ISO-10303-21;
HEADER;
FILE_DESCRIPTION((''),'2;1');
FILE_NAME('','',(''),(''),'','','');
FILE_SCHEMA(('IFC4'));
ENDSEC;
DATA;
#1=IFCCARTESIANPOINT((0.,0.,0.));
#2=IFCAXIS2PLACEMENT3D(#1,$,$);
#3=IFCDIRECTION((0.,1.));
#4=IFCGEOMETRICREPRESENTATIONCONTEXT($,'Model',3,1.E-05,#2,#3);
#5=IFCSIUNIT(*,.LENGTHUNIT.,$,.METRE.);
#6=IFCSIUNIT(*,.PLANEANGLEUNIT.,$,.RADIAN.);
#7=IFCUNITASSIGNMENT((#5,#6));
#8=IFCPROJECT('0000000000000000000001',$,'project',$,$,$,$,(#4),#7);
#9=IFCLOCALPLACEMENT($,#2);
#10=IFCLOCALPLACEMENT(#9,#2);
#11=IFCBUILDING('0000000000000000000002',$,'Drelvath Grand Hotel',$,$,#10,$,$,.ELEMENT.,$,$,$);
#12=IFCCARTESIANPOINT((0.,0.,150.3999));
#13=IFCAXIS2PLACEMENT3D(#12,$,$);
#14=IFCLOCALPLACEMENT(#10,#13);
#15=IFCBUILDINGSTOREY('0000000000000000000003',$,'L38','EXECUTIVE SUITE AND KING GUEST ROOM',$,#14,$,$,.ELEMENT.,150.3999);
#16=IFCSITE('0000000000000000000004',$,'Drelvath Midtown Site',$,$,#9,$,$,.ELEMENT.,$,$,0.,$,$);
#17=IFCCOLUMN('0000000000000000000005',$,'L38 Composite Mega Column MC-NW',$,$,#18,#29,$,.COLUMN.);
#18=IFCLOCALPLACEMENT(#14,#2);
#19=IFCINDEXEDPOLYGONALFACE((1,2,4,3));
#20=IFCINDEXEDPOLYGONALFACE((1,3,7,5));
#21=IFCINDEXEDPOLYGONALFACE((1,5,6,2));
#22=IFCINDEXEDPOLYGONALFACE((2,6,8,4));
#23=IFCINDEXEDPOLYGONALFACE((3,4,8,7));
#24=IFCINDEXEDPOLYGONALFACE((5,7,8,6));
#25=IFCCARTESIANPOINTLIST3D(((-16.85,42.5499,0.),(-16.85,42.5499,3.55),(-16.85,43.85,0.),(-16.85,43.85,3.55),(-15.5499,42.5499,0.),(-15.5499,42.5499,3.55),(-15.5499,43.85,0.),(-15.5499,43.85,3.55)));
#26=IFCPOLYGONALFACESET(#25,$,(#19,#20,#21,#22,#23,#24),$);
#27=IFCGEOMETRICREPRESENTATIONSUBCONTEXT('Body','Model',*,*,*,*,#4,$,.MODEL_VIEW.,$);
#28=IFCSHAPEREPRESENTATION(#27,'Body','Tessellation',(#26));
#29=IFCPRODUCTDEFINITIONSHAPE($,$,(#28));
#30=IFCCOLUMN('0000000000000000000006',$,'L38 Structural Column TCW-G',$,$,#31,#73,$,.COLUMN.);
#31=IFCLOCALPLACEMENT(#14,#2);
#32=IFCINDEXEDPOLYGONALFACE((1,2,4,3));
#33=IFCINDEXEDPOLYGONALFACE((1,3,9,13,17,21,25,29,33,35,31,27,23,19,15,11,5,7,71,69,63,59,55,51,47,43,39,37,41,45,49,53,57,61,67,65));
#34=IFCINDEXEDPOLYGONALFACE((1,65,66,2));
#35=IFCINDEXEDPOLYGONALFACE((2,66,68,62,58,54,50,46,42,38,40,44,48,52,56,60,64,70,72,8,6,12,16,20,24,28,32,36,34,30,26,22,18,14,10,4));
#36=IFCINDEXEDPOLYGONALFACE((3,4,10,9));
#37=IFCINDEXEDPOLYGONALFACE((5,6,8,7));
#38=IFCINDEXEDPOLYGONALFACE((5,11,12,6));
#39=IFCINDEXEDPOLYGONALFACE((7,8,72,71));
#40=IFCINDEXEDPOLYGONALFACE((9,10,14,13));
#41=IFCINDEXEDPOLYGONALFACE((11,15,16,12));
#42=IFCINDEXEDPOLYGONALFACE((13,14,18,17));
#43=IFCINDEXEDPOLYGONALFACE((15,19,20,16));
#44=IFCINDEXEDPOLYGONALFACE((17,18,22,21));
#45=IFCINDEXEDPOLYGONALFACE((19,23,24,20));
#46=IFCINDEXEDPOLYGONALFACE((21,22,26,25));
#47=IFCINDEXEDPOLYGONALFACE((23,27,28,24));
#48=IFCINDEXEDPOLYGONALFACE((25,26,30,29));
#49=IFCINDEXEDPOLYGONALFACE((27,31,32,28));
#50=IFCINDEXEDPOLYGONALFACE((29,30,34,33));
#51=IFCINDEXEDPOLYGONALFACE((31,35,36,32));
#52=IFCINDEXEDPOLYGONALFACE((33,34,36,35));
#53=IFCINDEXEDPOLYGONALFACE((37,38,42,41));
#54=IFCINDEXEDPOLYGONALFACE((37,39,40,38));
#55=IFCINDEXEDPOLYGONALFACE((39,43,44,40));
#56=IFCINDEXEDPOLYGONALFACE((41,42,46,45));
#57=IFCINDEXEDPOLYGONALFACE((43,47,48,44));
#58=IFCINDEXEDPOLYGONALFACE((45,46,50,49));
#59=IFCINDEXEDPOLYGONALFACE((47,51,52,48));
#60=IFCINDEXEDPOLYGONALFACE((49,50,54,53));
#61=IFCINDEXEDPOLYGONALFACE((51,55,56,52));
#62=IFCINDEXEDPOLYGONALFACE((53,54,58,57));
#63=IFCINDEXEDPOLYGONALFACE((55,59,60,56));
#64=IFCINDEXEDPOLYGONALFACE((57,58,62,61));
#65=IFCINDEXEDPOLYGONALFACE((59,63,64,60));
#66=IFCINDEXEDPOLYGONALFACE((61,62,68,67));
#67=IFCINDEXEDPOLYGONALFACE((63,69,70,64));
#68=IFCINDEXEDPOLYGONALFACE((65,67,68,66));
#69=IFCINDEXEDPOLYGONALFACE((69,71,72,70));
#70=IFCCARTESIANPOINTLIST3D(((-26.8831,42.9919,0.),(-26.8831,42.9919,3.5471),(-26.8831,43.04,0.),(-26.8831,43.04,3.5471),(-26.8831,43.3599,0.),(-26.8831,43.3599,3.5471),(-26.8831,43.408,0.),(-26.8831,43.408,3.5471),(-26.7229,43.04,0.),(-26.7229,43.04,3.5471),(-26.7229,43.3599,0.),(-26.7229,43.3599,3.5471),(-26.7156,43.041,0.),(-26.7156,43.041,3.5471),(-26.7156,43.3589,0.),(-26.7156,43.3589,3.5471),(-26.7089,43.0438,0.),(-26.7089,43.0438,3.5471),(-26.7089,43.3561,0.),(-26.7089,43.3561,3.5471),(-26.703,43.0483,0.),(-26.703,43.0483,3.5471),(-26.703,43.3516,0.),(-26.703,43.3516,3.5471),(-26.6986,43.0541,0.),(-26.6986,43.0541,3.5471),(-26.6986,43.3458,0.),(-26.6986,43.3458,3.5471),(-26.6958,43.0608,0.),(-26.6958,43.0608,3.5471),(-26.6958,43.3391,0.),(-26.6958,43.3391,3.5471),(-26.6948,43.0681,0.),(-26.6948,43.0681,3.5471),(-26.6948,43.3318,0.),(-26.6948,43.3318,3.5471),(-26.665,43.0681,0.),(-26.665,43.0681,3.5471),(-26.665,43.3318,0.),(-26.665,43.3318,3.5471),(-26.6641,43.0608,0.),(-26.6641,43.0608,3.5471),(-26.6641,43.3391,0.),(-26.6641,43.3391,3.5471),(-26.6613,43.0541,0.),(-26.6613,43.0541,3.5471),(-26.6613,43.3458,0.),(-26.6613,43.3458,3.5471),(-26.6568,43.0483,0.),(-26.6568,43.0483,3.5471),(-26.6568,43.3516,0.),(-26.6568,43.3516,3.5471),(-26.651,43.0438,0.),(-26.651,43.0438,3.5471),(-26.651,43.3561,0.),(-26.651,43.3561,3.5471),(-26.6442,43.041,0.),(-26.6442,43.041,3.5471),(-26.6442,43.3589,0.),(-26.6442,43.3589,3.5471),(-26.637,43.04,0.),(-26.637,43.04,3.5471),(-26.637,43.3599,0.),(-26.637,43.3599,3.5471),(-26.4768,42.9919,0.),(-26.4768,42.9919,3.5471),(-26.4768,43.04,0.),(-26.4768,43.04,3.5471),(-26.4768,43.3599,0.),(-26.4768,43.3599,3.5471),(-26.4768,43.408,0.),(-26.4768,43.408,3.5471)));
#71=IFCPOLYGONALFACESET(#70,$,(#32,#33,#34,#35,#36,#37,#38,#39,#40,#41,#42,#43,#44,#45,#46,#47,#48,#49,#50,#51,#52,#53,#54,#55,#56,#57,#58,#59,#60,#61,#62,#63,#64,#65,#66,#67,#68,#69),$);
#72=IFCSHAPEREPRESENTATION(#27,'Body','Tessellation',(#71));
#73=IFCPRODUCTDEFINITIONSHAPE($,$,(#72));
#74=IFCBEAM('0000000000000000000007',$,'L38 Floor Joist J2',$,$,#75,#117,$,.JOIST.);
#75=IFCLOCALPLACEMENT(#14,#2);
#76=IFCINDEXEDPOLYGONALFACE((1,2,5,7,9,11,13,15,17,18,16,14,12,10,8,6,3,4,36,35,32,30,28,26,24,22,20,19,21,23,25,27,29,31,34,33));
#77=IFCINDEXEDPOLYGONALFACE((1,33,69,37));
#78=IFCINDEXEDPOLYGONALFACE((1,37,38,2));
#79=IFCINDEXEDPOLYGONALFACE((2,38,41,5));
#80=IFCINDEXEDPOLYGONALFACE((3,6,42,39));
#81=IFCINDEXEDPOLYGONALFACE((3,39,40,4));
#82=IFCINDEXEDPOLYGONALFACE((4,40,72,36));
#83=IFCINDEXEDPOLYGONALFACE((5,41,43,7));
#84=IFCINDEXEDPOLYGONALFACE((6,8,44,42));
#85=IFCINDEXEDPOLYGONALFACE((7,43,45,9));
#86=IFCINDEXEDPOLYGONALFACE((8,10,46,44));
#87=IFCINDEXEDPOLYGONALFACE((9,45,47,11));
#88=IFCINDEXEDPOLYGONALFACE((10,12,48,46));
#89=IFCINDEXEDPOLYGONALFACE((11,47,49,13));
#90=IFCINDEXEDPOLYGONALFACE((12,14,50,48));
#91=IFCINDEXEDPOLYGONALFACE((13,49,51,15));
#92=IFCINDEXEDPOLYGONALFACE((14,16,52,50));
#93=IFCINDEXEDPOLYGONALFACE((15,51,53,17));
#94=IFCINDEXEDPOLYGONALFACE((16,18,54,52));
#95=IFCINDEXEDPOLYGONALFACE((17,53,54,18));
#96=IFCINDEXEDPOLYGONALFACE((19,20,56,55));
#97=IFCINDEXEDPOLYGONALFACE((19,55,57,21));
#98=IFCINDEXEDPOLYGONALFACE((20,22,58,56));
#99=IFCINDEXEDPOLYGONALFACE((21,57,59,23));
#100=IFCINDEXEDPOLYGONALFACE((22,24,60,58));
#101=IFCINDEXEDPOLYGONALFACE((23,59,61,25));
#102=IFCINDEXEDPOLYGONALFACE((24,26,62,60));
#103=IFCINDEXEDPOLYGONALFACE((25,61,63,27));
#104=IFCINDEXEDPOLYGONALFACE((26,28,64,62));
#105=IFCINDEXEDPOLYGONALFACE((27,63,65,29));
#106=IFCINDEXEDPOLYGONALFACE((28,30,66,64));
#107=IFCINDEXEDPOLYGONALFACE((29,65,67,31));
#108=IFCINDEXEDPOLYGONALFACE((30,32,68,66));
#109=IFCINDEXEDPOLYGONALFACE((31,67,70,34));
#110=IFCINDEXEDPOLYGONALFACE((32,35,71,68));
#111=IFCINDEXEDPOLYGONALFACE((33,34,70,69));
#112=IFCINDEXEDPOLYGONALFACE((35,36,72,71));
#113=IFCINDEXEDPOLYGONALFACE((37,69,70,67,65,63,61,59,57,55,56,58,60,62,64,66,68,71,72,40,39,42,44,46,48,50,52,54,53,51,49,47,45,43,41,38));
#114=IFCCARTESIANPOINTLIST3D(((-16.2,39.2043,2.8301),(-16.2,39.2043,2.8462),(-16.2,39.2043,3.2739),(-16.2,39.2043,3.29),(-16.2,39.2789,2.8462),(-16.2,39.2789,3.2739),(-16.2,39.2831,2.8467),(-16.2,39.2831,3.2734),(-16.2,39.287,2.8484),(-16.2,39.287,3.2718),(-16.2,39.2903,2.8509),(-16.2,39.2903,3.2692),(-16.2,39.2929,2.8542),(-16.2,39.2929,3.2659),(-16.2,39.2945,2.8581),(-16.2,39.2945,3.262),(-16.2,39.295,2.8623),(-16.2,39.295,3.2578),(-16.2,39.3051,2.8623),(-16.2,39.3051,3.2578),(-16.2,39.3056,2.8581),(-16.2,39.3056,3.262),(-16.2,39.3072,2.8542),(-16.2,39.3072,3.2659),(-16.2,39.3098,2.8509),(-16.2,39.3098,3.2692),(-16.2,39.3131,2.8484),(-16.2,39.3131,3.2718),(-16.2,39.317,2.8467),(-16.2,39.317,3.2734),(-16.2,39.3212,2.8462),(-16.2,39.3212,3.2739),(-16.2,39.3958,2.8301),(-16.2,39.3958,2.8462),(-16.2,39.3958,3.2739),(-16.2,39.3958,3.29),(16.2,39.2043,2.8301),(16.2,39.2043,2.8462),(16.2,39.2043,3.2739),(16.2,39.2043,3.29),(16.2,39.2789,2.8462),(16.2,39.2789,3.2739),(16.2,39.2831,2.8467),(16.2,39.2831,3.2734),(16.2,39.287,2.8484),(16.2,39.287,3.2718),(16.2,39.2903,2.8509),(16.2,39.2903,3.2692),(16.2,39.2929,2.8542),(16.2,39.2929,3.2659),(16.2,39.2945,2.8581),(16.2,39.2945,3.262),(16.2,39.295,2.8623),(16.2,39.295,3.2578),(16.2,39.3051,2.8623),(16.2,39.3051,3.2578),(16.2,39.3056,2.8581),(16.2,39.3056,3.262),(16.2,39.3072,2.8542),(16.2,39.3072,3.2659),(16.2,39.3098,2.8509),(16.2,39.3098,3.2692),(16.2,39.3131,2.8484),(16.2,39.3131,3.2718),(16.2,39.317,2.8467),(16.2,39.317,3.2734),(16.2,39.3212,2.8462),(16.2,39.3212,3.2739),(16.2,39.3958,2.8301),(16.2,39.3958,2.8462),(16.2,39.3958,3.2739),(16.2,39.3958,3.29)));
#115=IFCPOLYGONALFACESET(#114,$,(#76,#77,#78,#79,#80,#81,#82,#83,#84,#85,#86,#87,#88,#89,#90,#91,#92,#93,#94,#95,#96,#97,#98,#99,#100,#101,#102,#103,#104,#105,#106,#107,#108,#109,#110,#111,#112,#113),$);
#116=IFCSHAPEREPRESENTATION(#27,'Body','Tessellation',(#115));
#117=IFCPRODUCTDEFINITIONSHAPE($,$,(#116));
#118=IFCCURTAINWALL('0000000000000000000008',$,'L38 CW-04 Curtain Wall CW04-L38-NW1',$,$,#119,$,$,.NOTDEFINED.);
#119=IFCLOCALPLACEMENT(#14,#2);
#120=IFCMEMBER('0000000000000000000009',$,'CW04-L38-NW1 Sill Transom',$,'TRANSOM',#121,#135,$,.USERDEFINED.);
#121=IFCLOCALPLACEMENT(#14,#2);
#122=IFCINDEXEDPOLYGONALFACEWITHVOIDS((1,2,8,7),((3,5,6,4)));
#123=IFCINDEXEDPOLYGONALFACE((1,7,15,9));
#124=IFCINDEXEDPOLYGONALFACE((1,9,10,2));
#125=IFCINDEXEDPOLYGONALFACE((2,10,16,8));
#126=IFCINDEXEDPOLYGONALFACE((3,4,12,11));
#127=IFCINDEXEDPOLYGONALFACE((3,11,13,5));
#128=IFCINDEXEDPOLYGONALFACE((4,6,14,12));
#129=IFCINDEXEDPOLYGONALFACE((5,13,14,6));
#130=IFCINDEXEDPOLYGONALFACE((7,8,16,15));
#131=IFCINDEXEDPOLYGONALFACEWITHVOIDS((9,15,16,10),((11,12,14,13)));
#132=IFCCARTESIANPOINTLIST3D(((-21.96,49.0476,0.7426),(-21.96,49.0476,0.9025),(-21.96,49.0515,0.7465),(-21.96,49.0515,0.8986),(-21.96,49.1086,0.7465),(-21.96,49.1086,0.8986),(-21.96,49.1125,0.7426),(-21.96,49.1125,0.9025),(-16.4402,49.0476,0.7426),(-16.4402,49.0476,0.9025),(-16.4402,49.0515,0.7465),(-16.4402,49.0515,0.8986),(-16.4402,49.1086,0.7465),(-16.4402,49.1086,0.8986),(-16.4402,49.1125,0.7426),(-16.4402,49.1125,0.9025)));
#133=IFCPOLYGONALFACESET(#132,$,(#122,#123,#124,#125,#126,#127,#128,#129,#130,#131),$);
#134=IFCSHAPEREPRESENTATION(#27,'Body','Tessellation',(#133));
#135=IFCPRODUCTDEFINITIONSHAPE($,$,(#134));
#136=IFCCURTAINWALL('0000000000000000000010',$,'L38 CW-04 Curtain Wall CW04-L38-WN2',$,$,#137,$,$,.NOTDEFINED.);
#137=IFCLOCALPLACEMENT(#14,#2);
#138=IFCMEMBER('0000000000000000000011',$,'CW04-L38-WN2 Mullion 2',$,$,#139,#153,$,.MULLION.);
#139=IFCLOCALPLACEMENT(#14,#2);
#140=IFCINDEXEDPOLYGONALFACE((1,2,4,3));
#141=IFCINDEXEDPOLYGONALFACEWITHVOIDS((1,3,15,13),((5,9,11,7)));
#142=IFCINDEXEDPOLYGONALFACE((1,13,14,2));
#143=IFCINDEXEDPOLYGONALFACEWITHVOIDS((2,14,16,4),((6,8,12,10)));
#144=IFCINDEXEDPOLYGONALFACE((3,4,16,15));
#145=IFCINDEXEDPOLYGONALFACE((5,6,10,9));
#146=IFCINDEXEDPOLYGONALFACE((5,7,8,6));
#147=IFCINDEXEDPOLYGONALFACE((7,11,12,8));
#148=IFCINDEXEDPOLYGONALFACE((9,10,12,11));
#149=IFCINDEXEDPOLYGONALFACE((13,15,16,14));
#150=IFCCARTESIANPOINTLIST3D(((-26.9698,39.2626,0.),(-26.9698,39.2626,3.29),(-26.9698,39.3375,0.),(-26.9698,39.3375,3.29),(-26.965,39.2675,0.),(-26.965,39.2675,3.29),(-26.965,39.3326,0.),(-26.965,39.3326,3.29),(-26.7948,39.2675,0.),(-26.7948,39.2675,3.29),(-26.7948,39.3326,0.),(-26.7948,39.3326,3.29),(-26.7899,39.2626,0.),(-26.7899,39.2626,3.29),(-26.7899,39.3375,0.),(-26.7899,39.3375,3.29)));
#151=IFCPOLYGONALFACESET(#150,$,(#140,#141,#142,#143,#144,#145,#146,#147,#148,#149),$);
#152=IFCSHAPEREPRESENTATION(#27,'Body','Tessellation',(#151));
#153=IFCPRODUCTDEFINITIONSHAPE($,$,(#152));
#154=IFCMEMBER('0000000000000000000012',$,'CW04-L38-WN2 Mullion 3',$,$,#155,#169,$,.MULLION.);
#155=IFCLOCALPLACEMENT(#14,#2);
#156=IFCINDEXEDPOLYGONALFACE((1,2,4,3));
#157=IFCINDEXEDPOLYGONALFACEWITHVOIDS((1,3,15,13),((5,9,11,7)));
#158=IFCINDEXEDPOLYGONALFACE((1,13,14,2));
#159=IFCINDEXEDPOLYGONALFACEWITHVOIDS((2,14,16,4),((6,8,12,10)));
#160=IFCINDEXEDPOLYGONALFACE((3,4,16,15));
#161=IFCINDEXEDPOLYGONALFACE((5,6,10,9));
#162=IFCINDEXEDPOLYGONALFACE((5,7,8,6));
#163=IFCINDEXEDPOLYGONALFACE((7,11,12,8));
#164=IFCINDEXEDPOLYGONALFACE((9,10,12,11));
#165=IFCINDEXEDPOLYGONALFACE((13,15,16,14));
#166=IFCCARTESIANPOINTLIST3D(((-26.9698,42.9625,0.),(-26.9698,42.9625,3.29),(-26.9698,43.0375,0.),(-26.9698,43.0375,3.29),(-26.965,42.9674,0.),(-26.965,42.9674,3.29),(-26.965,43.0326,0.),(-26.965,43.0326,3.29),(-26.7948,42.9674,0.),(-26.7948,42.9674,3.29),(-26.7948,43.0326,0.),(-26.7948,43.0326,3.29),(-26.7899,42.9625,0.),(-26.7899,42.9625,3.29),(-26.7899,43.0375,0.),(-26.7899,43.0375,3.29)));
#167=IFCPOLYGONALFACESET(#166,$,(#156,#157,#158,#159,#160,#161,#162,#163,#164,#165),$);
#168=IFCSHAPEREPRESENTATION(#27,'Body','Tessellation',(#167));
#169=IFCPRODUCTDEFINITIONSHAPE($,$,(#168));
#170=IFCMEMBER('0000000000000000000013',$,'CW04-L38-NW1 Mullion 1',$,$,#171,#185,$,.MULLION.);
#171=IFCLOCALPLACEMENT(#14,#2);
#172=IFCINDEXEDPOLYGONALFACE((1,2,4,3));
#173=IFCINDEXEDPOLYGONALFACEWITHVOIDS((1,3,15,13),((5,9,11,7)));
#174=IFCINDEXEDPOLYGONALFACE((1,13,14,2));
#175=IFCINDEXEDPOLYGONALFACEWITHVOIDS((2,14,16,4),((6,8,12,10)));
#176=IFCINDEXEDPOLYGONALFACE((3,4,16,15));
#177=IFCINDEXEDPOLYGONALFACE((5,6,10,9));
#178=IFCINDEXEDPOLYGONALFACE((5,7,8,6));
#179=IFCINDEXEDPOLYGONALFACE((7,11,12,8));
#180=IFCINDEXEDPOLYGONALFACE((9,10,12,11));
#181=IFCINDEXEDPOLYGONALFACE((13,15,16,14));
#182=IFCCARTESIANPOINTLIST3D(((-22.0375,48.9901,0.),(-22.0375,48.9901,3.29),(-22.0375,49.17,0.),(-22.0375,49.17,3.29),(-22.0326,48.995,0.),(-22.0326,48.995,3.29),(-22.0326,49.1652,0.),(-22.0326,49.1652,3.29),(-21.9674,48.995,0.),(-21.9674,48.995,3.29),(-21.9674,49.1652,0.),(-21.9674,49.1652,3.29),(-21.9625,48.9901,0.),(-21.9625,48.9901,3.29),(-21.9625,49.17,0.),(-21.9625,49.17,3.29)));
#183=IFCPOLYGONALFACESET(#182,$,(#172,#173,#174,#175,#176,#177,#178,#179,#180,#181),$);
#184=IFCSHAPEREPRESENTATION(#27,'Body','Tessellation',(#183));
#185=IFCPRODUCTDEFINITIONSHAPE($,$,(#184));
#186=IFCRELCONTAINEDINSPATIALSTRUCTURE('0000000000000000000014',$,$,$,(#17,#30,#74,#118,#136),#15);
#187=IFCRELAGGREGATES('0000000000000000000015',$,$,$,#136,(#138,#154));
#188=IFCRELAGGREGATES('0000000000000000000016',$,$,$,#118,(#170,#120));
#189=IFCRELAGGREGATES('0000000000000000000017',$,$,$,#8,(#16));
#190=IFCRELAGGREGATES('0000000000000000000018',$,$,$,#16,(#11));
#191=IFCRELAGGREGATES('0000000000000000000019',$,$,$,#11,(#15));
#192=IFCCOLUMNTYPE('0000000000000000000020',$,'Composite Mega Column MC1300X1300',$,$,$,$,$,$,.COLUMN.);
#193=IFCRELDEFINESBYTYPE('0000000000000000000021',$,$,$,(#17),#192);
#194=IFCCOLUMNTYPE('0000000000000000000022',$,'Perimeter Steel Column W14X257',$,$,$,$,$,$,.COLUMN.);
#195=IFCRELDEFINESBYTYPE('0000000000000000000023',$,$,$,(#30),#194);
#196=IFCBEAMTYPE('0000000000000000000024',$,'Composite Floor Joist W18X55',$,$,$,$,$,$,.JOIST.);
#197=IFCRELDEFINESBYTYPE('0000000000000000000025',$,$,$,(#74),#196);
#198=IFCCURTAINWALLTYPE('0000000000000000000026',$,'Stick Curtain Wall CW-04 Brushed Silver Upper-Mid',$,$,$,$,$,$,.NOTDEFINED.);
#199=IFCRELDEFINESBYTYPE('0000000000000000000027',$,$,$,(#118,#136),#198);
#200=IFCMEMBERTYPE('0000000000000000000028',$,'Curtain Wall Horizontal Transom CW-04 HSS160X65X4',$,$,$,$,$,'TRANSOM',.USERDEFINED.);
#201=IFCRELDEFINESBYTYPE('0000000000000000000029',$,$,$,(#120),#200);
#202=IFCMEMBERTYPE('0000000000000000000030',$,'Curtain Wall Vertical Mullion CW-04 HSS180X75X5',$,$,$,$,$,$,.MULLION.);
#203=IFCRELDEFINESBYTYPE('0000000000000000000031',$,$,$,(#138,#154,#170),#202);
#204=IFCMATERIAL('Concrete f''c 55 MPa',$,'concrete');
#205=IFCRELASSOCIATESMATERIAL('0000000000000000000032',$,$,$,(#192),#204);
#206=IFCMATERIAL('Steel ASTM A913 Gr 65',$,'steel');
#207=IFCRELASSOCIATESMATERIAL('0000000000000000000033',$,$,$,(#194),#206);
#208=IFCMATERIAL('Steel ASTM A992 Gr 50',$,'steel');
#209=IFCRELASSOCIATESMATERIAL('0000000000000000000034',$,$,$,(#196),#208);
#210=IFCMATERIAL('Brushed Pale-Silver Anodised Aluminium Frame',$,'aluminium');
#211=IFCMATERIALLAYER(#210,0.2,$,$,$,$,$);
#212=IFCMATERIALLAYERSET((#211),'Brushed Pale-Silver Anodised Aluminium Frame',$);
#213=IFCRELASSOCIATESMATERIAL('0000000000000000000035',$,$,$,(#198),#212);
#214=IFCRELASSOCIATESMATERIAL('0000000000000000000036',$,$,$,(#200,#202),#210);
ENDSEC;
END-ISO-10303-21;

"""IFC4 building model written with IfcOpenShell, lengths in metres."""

from ifc_helpers import new_model, si_unit, direction, frame, origin, origin_2d, place, context, subcontext, project, spatial, rectangle, hollow_rectangle, i_section, extrude, material, layer, layer_set, material_profile, profile_set, type_object, element, aggregate, save


model = new_model("IFC4")

# Units and contexts
model_context = context("Model", 3, precision=1e-05, world=origin(), true_north=direction((0.0, 1.0)))
body_context = subcontext(model_context, "Body", "Model", "MODEL_VIEW")
ifc_project = project(units=[si_unit("LENGTHUNIT", "METRE"), si_unit("PLANEANGLEUNIT", "RADIAN")], contexts=[model_context])

# Site, building, storey
site_placement = place(None, origin())
site = spatial("IfcSite", under=ifc_project, at=site_placement, Name="Drelvath Midtown Site", CompositionType="ELEMENT", RefElevation=0.0)
building_placement = place(site_placement, origin())
building = spatial("IfcBuilding", under=site, at=building_placement, Name="Drelvath Grand Hotel", CompositionType="ELEMENT")
storey_placement = place(building_placement, frame((0.0, 0.0, 150.3999)))
storey = spatial("IfcBuildingStorey", under=building, at=storey_placement, Name="L38", Description="EXECUTIVE SUITE AND KING GUEST ROOM", CompositionType="ELEMENT", Elevation=150.3999)

# Columns
ifc_material_1 = material(Name="Concrete f'c 55 MPa", Category="concrete")
ifc_material_profile_1 = material_profile(ifc_material_1, rectangle(XDim=1.3, YDim=1.3, at=origin_2d()), Name="MC1300X1300")
ifc_profile_set_1 = profile_set([ifc_material_profile_1], Name="Concrete f'c 55 MPa")
column_type_1 = type_object("IfcColumnType", Name="Composite Mega Column MC1300X1300", PredefinedType="COLUMN", material=ifc_profile_set_1)
column_1_placement = place(storey_placement, frame((-16.2, 43.2, 0.0), z_axis=(0.0, 0.0, 1.0), x_axis=(1.0, 0.0, 0.0)))
element("IfcColumn", 1, at=column_1_placement, inside=storey, type_object=column_type_1, Name="L38 Composite Mega Column MC-NW", PredefinedType="COLUMN", context=body_context, shape_type="SweptSolid", body=[
    extrude(rectangle(XDim=1.3, YDim=1.3, at=origin_2d()), origin(), (0.0, 0.0, 1.0), 3.55),
])
ifc_material_2 = material(Name="Steel ASTM A913 Gr 65", Category="steel")
ifc_material_profile_2 = material_profile(ifc_material_2, i_section(OverallWidth=0.4062, OverallDepth=0.416, WebThickness=0.0298, FlangeThickness=0.0481, FilletRadius=0.0281, at=origin_2d()), Name="W14X257")
ifc_profile_set_2 = profile_set([ifc_material_profile_2], Name="Steel ASTM A913 Gr 65")
column_type_2 = type_object("IfcColumnType", Name="Perimeter Steel Column W14X257", PredefinedType="COLUMN", material=ifc_profile_set_2)
column_2_placement = place(storey_placement, frame((-26.6799, 43.2, 0.0), z_axis=(0.0, 0.0, 1.0), x_axis=(1.0, 0.0, 0.0)))
element("IfcColumn", 2, at=column_2_placement, inside=storey, type_object=column_type_2, Name="L38 Structural Column TCW-G", PredefinedType="COLUMN", context=body_context, shape_type="SweptSolid", body=[
    extrude(i_section(OverallWidth=0.4062, OverallDepth=0.416, WebThickness=0.0298, FlangeThickness=0.0481, FilletRadius=0.0281, at=origin_2d()), origin(), (0.0, 0.0, 1.0), 3.5471),
])

# Beam
ifc_material_3 = material(Name="Steel ASTM A992 Gr 50", Category="steel")
ifc_material_profile_3 = material_profile(ifc_material_3, i_section(OverallWidth=0.1914, OverallDepth=0.46, WebThickness=0.01, FlangeThickness=0.0161, FilletRadius=0.0161, at=origin_2d()), Name="W18X55")
ifc_profile_set_3 = profile_set([ifc_material_profile_3], Name="Steel ASTM A992 Gr 50")
beam_type_1 = type_object("IfcBeamType", Name="Composite Floor Joist W18X55", PredefinedType="JOIST", material=ifc_profile_set_3)
beam_1_placement = place(storey_placement, frame((-16.2, 39.3, 3.0601), z_axis=(1.0, 0.0, 0.0), x_axis=(0.0, 1.0, 0.0)))
element("IfcBeam", 3, at=beam_1_placement, inside=storey, type_object=beam_type_1, Name="L38 Floor Joist J2", PredefinedType="JOIST", context=body_context, shape_type="SweptSolid", body=[
    extrude(i_section(OverallWidth=0.1914, OverallDepth=0.46, WebThickness=0.01, FlangeThickness=0.0161, FilletRadius=0.0161, at=origin_2d()), origin(), (0.0, 0.0, 1.0), 32.3999),
])

# Curtain wall, member
ifc_material_4 = material(Name="Brushed Pale-Silver Anodised Aluminium Frame", Category="aluminium")
ifc_layer_1 = layer(ifc_material_4, 0.2)
ifc_layer_set_1 = layer_set([ifc_layer_1], Name="Brushed Pale-Silver Anodised Aluminium Frame")
curtain_wall_type = type_object("IfcCurtainWallType", Name="Stick Curtain Wall CW-04 Brushed Silver Upper-Mid", PredefinedType="NOTDEFINED", material=ifc_layer_set_1)
curtain_wall_1_placement = place(storey_placement, origin())
curtain_wall_1 = element("IfcCurtainWall", 4, at=curtain_wall_1_placement, inside=storey, type_object=curtain_wall_type, Name="L38 CW-04 Curtain Wall CW04-L38-NW1", PredefinedType="NOTDEFINED")
ifc_material_profile_4 = material_profile(ifc_material_4, hollow_rectangle(XDim=0.0649, YDim=0.1599, WallThickness=0.0039, at=origin_2d()), Name="HSS160X65X4")
ifc_profile_set_4 = profile_set([ifc_material_profile_4], Name="Brushed Pale-Silver Anodised Aluminium Frame")
member_type_1 = type_object("IfcMemberType", Name="Curtain Wall Horizontal Transom CW-04 HSS160X65X4", ElementType="TRANSOM", PredefinedType="USERDEFINED", material=ifc_profile_set_4)
member_1_placement = place(storey_placement, frame((-21.96, 49.0801, 0.8225), z_axis=(1.0, 0.0, 0.0), x_axis=(0.0, 1.0, 0.0)))
member_1 = element("IfcMember", 5, at=member_1_placement, type_object=member_type_1, Name="CW04-L38-NW1 Sill Transom", ObjectType="TRANSOM", PredefinedType="USERDEFINED", context=body_context, shape_type="SweptSolid", body=[
    extrude(hollow_rectangle(XDim=0.0649, YDim=0.1599, WallThickness=0.0039, at=origin_2d()), origin(), (0.0, 0.0, 1.0), 5.5198),
])

# Curtain wall, members
curtain_wall_2_placement = place(storey_placement, origin())
curtain_wall_2 = element("IfcCurtainWall", 6, at=curtain_wall_2_placement, inside=storey, type_object=curtain_wall_type, Name="L38 CW-04 Curtain Wall CW04-L38-WN2", PredefinedType="NOTDEFINED")
ifc_material_profile_5 = material_profile(ifc_material_4, hollow_rectangle(XDim=0.075, YDim=0.1799, WallThickness=0.0049, at=origin_2d()), Name="HSS180X75X5")
ifc_profile_set_5 = profile_set([ifc_material_profile_5], Name="Brushed Pale-Silver Anodised Aluminium Frame")
member_type_2 = type_object("IfcMemberType", Name="Curtain Wall Vertical Mullion CW-04 HSS180X75X5", PredefinedType="MULLION", material=ifc_profile_set_5)
member_2_placement = place(storey_placement, frame((-26.8799, 39.3, 0.0), z_axis=(0.0, 0.0, 1.0), x_axis=(0.0, 1.0, 0.0)))
member_2 = element("IfcMember", 7, at=member_2_placement, type_object=member_type_2, Name="CW04-L38-WN2 Mullion 2", PredefinedType="MULLION", context=body_context, shape_type="SweptSolid", body=[
    extrude(hollow_rectangle(XDim=0.075, YDim=0.1799, WallThickness=0.0049, at=origin_2d()), origin(), (0.0, 0.0, 1.0), 3.29),
])
member_3_placement = place(storey_placement, frame((-26.8799, 43.0, 0.0), z_axis=(0.0, 0.0, 1.0), x_axis=(0.0, 1.0, 0.0)))
member_3 = element("IfcMember", 8, at=member_3_placement, type_object=member_type_2, Name="CW04-L38-WN2 Mullion 3", PredefinedType="MULLION", context=body_context, shape_type="SweptSolid", body=[
    extrude(hollow_rectangle(XDim=0.075, YDim=0.1799, WallThickness=0.0049, at=origin_2d()), origin(), (0.0, 0.0, 1.0), 3.29),
])

# Member
member_4_placement = place(storey_placement, frame((-22.0, 49.0801, 0.0), z_axis=(0.0, 0.0, 1.0), x_axis=(1.0, 0.0, 0.0)))
member_4 = element("IfcMember", 9, at=member_4_placement, type_object=member_type_2, Name="CW04-L38-NW1 Mullion 1", PredefinedType="MULLION", context=body_context, shape_type="SweptSolid", body=[
    extrude(hollow_rectangle(XDim=0.075, YDim=0.1799, WallThickness=0.0049, at=origin_2d()), origin(), (0.0, 0.0, 1.0), 3.29),
])

aggregate(curtain_wall_2, [member_2, member_3])
aggregate(curtain_wall_1, [member_4, member_1])

save(model, "model.ifc")
